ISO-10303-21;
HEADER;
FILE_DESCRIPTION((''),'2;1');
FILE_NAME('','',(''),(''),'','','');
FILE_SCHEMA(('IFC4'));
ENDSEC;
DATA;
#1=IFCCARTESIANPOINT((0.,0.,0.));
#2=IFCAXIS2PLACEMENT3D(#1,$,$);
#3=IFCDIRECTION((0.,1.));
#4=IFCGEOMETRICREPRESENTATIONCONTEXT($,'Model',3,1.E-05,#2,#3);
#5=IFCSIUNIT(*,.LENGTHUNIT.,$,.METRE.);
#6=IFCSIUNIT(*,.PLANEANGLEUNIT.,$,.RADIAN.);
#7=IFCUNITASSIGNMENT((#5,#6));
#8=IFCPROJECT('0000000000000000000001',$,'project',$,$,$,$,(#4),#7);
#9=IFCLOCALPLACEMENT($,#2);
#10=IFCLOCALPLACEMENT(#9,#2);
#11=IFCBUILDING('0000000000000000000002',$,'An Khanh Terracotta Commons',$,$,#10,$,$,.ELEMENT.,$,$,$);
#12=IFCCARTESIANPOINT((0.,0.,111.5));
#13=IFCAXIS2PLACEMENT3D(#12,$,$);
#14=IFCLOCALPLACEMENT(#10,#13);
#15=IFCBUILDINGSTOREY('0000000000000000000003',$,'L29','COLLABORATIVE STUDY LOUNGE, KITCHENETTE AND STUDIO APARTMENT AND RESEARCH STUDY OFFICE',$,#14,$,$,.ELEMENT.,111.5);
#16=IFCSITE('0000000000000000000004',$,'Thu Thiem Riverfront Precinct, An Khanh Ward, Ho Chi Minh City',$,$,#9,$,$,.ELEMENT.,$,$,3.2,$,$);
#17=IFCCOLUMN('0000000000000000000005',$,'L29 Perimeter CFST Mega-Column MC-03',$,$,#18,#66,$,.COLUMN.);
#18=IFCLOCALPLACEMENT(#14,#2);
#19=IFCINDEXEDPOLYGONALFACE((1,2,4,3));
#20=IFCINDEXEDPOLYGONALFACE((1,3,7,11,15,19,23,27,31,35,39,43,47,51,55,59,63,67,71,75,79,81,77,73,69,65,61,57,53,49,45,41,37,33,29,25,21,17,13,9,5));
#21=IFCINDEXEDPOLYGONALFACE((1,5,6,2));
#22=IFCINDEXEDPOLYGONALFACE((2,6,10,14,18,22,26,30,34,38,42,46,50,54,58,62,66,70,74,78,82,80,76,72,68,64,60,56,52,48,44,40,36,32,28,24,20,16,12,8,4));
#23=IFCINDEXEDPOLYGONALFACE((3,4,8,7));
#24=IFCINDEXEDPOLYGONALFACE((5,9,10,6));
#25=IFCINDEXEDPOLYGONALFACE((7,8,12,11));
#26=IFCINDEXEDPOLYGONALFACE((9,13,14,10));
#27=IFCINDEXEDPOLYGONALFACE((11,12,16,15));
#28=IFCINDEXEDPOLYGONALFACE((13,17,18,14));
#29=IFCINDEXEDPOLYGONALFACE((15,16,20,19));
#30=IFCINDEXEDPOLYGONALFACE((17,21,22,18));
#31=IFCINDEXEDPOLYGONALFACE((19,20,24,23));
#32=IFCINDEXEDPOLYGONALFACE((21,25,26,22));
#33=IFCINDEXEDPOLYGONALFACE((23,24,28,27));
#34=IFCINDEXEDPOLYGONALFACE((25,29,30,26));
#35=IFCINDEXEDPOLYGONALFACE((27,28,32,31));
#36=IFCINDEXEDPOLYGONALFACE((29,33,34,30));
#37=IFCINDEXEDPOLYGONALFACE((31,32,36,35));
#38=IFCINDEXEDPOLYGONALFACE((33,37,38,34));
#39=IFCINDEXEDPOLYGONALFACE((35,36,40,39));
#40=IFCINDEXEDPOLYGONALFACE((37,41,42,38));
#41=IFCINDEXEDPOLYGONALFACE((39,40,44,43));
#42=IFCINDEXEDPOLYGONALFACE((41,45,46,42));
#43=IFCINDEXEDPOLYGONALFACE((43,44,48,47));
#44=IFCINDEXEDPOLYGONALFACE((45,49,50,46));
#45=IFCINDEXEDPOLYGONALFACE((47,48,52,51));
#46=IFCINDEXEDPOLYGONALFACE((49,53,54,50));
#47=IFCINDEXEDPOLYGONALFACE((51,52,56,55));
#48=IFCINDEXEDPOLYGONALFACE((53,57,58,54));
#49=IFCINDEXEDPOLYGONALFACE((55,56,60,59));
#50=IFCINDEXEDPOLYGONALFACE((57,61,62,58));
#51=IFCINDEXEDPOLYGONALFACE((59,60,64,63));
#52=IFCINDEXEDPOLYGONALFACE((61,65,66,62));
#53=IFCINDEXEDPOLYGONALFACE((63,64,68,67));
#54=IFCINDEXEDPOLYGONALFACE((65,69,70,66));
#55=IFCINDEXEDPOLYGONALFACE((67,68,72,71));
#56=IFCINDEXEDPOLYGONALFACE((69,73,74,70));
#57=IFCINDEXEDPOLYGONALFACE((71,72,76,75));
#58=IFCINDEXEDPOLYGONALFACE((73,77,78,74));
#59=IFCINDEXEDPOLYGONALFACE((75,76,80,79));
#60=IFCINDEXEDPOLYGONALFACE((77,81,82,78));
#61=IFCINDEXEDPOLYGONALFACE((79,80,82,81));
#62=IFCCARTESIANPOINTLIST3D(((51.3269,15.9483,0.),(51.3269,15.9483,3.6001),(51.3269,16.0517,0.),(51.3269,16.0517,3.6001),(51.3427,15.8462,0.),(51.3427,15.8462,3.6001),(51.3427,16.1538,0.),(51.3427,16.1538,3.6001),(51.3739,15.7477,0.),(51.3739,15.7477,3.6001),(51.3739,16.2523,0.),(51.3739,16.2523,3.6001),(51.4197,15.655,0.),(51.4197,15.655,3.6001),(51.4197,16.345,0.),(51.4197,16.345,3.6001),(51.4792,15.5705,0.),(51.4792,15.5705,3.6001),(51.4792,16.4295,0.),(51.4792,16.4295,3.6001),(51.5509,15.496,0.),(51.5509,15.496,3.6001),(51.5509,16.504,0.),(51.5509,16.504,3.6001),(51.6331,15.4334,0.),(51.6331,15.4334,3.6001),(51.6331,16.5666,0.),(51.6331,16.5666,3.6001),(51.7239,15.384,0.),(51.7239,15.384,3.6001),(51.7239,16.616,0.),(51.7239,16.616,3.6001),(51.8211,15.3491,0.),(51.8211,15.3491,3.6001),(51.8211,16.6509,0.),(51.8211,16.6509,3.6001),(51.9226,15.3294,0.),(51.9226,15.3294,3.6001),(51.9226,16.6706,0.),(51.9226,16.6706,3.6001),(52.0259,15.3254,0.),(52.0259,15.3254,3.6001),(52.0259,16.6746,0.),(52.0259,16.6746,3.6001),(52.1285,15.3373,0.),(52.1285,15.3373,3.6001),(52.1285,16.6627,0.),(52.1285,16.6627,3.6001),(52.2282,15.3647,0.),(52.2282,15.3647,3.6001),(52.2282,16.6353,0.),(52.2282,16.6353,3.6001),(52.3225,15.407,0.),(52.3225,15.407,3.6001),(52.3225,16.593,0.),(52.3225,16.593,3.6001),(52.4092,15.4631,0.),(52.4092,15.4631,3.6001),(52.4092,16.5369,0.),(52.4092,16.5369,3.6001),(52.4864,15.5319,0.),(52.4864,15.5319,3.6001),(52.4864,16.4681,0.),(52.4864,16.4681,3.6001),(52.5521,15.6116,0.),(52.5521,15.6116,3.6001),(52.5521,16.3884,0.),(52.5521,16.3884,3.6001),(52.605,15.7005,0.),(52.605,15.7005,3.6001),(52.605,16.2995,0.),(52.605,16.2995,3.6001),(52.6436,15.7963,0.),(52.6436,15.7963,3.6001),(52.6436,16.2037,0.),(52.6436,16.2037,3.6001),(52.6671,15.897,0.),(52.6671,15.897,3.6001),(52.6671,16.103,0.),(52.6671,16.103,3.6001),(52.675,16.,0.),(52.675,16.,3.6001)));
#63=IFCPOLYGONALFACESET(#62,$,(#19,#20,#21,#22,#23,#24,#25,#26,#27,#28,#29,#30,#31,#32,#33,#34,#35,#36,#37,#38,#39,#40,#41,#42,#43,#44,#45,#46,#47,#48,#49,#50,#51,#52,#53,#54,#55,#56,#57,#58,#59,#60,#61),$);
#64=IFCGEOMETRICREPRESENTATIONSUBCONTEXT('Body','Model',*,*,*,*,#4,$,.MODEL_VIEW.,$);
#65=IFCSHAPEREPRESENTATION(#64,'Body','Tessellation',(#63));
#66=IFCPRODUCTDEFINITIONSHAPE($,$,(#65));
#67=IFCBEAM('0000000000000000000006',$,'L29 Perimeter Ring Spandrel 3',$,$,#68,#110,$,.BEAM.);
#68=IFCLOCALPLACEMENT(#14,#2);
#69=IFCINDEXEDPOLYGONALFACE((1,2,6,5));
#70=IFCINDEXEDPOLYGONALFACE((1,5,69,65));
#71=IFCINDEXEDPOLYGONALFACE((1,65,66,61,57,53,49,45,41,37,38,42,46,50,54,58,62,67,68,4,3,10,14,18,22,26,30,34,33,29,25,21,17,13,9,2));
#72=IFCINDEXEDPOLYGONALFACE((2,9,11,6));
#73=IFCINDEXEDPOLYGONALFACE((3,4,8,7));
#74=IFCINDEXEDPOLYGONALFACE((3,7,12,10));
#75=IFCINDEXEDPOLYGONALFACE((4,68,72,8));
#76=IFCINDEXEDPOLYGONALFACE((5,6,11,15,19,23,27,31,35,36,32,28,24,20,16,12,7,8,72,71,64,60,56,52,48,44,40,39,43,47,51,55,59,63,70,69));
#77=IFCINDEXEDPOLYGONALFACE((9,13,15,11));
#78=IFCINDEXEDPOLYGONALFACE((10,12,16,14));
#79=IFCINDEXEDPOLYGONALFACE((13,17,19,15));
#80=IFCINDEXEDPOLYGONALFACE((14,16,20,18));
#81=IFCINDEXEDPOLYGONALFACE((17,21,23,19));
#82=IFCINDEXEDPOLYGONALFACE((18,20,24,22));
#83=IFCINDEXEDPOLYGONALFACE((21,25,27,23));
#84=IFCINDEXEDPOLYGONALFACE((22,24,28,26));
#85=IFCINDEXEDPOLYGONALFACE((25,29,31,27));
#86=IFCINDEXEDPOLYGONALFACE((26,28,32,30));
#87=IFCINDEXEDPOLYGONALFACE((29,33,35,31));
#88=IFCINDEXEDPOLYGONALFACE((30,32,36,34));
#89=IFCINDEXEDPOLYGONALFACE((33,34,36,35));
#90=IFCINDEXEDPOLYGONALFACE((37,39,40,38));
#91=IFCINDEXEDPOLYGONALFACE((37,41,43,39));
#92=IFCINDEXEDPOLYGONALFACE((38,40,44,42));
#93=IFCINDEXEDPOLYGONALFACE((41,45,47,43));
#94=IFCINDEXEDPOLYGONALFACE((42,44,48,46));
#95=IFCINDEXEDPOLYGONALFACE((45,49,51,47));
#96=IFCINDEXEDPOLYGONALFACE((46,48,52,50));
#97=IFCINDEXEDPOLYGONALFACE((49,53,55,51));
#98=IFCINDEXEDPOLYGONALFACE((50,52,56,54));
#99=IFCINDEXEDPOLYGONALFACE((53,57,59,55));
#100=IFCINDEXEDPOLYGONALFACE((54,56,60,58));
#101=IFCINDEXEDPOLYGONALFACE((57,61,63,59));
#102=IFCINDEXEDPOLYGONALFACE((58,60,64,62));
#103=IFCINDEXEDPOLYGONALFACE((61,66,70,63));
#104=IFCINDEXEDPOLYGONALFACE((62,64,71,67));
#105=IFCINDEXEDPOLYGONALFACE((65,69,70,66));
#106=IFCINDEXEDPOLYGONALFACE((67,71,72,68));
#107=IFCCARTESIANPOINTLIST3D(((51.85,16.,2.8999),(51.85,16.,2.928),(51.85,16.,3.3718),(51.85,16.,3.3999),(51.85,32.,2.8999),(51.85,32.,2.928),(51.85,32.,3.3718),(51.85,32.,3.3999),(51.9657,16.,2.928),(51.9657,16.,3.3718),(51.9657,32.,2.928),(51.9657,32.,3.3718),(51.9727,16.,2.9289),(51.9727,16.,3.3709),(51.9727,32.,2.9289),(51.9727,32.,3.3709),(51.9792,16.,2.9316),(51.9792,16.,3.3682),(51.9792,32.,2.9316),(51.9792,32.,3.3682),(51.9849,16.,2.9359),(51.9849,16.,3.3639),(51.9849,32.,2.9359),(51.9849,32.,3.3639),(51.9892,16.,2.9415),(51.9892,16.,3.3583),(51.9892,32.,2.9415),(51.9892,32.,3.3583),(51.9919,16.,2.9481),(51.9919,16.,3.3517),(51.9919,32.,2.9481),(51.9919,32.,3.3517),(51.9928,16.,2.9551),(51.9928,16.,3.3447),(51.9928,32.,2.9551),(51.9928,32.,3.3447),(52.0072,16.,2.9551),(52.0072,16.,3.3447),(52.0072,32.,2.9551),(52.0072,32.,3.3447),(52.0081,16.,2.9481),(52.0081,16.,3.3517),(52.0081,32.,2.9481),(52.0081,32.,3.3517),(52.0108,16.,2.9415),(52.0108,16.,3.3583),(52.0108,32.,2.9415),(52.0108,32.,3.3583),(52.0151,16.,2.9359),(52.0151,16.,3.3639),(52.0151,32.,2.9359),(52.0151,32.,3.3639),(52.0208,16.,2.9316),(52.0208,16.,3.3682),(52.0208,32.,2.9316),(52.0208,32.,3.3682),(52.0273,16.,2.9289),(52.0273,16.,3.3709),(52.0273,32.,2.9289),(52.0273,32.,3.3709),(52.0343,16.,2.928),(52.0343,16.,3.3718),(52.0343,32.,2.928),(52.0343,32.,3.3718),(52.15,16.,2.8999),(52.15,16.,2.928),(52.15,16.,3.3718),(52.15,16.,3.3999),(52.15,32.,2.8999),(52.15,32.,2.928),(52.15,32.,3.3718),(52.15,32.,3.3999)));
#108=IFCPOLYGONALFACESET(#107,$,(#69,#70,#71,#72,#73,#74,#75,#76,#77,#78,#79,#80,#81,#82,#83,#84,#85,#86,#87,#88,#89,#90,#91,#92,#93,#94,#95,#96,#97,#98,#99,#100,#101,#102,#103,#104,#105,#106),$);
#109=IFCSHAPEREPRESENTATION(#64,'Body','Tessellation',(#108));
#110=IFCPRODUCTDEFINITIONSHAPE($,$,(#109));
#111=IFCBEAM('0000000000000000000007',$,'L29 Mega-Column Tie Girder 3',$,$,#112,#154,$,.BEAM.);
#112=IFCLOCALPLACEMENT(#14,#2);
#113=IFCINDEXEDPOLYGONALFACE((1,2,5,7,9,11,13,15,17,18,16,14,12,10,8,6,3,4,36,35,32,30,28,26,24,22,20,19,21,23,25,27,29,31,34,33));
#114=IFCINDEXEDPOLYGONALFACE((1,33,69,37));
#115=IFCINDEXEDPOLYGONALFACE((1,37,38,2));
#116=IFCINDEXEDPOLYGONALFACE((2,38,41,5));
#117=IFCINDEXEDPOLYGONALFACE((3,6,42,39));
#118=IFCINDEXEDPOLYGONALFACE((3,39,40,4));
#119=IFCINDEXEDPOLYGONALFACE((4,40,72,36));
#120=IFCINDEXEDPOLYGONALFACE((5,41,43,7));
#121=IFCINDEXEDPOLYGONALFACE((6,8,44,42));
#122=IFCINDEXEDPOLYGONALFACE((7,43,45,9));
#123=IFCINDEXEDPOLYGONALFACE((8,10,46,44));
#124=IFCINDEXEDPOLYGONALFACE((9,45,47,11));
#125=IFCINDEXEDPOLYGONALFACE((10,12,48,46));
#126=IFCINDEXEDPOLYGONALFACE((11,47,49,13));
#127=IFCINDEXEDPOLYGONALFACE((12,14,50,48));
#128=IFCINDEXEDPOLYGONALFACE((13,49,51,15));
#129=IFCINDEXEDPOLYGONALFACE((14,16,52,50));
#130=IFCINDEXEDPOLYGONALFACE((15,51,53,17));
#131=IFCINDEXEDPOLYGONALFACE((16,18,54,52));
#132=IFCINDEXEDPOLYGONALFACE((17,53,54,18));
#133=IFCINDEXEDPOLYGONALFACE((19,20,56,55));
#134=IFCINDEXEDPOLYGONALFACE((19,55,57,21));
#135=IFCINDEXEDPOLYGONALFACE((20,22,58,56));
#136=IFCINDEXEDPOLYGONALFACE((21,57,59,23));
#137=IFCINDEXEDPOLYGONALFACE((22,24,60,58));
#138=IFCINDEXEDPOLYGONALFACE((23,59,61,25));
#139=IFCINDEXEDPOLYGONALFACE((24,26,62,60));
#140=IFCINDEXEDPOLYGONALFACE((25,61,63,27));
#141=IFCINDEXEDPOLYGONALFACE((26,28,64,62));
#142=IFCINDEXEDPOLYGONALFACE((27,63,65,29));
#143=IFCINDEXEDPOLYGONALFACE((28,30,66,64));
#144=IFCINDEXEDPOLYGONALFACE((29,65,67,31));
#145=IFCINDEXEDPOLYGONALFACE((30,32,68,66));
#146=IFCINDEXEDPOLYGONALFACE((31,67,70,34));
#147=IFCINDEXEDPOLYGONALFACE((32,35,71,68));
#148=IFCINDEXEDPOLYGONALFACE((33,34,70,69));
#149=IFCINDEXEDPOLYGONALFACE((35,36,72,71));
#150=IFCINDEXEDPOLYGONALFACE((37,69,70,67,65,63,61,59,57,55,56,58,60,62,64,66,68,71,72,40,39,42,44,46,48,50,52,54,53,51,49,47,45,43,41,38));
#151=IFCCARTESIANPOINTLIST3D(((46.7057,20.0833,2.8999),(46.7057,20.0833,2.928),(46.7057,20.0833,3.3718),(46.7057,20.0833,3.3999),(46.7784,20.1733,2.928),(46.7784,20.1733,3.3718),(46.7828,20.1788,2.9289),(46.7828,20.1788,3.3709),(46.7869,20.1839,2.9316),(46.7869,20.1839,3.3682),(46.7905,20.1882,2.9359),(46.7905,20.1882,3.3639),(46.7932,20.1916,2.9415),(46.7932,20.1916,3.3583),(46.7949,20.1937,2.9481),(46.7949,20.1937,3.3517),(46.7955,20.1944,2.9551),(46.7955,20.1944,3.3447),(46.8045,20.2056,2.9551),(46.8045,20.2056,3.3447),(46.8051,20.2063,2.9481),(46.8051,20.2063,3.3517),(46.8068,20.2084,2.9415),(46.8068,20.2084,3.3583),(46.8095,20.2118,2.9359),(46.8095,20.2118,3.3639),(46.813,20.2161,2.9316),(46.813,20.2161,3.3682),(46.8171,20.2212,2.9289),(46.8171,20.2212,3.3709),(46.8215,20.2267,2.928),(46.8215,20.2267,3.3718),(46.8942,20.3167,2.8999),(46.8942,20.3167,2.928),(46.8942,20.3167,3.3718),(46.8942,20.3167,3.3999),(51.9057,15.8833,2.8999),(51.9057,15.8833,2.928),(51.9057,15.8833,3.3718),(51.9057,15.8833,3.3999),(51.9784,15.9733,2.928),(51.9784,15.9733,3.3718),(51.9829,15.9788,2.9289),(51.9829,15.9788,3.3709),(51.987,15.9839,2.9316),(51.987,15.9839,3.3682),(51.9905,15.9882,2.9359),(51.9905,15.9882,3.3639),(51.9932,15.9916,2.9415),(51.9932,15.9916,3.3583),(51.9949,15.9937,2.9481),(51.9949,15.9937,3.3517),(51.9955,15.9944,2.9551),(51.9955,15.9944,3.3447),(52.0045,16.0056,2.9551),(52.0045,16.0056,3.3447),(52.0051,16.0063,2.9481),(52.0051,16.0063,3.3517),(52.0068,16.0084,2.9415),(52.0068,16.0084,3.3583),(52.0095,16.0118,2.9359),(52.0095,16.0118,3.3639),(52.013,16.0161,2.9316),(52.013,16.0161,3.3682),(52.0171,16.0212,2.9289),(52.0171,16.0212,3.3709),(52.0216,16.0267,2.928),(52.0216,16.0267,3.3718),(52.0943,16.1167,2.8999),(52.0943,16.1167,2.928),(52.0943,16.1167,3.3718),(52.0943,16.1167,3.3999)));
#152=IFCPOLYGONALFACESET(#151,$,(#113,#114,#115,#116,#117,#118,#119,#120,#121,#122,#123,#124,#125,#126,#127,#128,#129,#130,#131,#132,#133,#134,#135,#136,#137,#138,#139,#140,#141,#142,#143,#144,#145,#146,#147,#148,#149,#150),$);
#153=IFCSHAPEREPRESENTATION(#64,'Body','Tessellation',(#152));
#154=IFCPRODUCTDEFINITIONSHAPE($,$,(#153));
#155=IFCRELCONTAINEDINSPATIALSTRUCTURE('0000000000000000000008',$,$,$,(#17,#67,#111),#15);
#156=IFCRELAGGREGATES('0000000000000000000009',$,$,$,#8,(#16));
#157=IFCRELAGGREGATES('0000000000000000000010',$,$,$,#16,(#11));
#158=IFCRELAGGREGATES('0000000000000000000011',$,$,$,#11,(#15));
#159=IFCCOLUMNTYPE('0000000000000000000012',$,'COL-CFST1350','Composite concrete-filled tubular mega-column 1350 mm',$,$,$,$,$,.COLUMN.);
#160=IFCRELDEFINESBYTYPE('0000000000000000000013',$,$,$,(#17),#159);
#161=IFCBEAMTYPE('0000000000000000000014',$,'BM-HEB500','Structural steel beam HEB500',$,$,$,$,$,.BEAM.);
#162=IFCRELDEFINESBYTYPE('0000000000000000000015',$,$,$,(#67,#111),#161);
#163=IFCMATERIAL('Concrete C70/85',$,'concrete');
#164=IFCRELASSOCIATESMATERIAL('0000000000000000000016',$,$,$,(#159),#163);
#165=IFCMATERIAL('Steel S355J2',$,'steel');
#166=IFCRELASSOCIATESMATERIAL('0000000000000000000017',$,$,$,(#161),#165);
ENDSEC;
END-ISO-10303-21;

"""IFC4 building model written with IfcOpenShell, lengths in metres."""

from ifc_helpers import new_model, si_unit, direction, frame, origin, origin_2d, place, context, subcontext, project, spatial, circle, i_section, extrude, material, material_profile, profile_set, type_object, element, save


model = new_model("IFC4")

# Units and contexts
model_context = context("Model", 3, precision=1e-05, world=origin(), true_north=direction((0.0, 1.0)))
body_context = subcontext(model_context, "Body", "Model", "MODEL_VIEW")
ifc_project = project(units=[si_unit("LENGTHUNIT", "METRE"), si_unit("PLANEANGLEUNIT", "RADIAN")], contexts=[model_context])

# Site, building, storey
site_placement = place(None, origin())
site = spatial("IfcSite", under=ifc_project, at=site_placement, Name="Thu Thiem Riverfront Precinct, An Khanh Ward, Ho Chi Minh City", CompositionType="ELEMENT", RefElevation=3.2)
building_placement = place(site_placement, origin())
building = spatial("IfcBuilding", under=site, at=building_placement, Name="An Khanh Terracotta Commons", CompositionType="ELEMENT")
storey_placement = place(building_placement, frame((0.0, 0.0, 111.5)))
storey = spatial("IfcBuildingStorey", under=building, at=storey_placement, Name="L29", Description="COLLABORATIVE STUDY LOUNGE, KITCHENETTE AND STUDIO APARTMENT AND RESEARCH STUDY OFFICE", CompositionType="ELEMENT", Elevation=111.5)

# Column
ifc_material_1 = material(Name="Concrete C70/85", Category="concrete")
ifc_material_profile_1 = material_profile(ifc_material_1, circle(Radius=0.675, at=origin_2d()), Name="CFST1350")
ifc_profile_set_1 = profile_set([ifc_material_profile_1], Name="Concrete C70/85")
column_type = type_object("IfcColumnType", Name="COL-CFST1350", Description="Composite concrete-filled tubular mega-column 1350 mm", PredefinedType="COLUMN", material=ifc_profile_set_1)
column_placement = place(storey_placement, frame((52.0, 16.0, 0.0), z_axis=(0.0, 0.0, 1.0), x_axis=(1.0, 0.0, 0.0)))
element("IfcColumn", 1, at=column_placement, inside=storey, type_object=column_type, Name="L29 Perimeter CFST Mega-Column MC-03", PredefinedType="COLUMN", context=body_context, shape_type="SweptSolid", body=[
    extrude(circle(Radius=0.675, at=origin_2d()), origin(), (0.0, 0.0, 1.0), 3.6001),
])

# Beams
ifc_material_2 = material(Name="Steel S355J2", Category="steel")
ifc_material_profile_2 = material_profile(ifc_material_2, i_section(OverallWidth=0.3, OverallDepth=0.5, WebThickness=0.0144, FlangeThickness=0.0281, FilletRadius=0.0271, at=origin_2d()), Name="HEB500")
ifc_profile_set_2 = profile_set([ifc_material_profile_2], Name="Steel S355J2")
beam_type = type_object("IfcBeamType", Name="BM-HEB500", Description="Structural steel beam HEB500", PredefinedType="BEAM", material=ifc_profile_set_2)
beam_1_placement = place(storey_placement, frame((52.0, 16.0, 3.1499), z_axis=(0.0, 1.0, 0.0), x_axis=(-1.0, 0.0, 0.0)))
element("IfcBeam", 2, at=beam_1_placement, inside=storey, type_object=beam_type, Name="L29 Perimeter Ring Spandrel 3", PredefinedType="BEAM", context=body_context, shape_type="SweptSolid", body=[
    extrude(i_section(OverallWidth=0.3, OverallDepth=0.5, WebThickness=0.0144, FlangeThickness=0.0281, FilletRadius=0.0271, at=origin_2d()), origin(), (0.0, 0.0, 1.0), 16.0),
])
beam_2_placement = place(storey_placement, frame((52.0, 16.0, 3.1499), z_axis=(-0.777942, 0.628336, 0.0), x_axis=(-0.628336, -0.777942, 0.0)))
element("IfcBeam", 3, at=beam_2_placement, inside=storey, type_object=beam_type, Name="L29 Mega-Column Tie Girder 3", PredefinedType="BEAM", context=body_context, shape_type="SweptSolid", body=[
    extrude(i_section(OverallWidth=0.3, OverallDepth=0.5, WebThickness=0.0144, FlangeThickness=0.0281, FilletRadius=0.0271, at=origin_2d()), origin(), (0.0, 0.0, 1.0), 6.6843),
])

save(model, "model.ifc")
